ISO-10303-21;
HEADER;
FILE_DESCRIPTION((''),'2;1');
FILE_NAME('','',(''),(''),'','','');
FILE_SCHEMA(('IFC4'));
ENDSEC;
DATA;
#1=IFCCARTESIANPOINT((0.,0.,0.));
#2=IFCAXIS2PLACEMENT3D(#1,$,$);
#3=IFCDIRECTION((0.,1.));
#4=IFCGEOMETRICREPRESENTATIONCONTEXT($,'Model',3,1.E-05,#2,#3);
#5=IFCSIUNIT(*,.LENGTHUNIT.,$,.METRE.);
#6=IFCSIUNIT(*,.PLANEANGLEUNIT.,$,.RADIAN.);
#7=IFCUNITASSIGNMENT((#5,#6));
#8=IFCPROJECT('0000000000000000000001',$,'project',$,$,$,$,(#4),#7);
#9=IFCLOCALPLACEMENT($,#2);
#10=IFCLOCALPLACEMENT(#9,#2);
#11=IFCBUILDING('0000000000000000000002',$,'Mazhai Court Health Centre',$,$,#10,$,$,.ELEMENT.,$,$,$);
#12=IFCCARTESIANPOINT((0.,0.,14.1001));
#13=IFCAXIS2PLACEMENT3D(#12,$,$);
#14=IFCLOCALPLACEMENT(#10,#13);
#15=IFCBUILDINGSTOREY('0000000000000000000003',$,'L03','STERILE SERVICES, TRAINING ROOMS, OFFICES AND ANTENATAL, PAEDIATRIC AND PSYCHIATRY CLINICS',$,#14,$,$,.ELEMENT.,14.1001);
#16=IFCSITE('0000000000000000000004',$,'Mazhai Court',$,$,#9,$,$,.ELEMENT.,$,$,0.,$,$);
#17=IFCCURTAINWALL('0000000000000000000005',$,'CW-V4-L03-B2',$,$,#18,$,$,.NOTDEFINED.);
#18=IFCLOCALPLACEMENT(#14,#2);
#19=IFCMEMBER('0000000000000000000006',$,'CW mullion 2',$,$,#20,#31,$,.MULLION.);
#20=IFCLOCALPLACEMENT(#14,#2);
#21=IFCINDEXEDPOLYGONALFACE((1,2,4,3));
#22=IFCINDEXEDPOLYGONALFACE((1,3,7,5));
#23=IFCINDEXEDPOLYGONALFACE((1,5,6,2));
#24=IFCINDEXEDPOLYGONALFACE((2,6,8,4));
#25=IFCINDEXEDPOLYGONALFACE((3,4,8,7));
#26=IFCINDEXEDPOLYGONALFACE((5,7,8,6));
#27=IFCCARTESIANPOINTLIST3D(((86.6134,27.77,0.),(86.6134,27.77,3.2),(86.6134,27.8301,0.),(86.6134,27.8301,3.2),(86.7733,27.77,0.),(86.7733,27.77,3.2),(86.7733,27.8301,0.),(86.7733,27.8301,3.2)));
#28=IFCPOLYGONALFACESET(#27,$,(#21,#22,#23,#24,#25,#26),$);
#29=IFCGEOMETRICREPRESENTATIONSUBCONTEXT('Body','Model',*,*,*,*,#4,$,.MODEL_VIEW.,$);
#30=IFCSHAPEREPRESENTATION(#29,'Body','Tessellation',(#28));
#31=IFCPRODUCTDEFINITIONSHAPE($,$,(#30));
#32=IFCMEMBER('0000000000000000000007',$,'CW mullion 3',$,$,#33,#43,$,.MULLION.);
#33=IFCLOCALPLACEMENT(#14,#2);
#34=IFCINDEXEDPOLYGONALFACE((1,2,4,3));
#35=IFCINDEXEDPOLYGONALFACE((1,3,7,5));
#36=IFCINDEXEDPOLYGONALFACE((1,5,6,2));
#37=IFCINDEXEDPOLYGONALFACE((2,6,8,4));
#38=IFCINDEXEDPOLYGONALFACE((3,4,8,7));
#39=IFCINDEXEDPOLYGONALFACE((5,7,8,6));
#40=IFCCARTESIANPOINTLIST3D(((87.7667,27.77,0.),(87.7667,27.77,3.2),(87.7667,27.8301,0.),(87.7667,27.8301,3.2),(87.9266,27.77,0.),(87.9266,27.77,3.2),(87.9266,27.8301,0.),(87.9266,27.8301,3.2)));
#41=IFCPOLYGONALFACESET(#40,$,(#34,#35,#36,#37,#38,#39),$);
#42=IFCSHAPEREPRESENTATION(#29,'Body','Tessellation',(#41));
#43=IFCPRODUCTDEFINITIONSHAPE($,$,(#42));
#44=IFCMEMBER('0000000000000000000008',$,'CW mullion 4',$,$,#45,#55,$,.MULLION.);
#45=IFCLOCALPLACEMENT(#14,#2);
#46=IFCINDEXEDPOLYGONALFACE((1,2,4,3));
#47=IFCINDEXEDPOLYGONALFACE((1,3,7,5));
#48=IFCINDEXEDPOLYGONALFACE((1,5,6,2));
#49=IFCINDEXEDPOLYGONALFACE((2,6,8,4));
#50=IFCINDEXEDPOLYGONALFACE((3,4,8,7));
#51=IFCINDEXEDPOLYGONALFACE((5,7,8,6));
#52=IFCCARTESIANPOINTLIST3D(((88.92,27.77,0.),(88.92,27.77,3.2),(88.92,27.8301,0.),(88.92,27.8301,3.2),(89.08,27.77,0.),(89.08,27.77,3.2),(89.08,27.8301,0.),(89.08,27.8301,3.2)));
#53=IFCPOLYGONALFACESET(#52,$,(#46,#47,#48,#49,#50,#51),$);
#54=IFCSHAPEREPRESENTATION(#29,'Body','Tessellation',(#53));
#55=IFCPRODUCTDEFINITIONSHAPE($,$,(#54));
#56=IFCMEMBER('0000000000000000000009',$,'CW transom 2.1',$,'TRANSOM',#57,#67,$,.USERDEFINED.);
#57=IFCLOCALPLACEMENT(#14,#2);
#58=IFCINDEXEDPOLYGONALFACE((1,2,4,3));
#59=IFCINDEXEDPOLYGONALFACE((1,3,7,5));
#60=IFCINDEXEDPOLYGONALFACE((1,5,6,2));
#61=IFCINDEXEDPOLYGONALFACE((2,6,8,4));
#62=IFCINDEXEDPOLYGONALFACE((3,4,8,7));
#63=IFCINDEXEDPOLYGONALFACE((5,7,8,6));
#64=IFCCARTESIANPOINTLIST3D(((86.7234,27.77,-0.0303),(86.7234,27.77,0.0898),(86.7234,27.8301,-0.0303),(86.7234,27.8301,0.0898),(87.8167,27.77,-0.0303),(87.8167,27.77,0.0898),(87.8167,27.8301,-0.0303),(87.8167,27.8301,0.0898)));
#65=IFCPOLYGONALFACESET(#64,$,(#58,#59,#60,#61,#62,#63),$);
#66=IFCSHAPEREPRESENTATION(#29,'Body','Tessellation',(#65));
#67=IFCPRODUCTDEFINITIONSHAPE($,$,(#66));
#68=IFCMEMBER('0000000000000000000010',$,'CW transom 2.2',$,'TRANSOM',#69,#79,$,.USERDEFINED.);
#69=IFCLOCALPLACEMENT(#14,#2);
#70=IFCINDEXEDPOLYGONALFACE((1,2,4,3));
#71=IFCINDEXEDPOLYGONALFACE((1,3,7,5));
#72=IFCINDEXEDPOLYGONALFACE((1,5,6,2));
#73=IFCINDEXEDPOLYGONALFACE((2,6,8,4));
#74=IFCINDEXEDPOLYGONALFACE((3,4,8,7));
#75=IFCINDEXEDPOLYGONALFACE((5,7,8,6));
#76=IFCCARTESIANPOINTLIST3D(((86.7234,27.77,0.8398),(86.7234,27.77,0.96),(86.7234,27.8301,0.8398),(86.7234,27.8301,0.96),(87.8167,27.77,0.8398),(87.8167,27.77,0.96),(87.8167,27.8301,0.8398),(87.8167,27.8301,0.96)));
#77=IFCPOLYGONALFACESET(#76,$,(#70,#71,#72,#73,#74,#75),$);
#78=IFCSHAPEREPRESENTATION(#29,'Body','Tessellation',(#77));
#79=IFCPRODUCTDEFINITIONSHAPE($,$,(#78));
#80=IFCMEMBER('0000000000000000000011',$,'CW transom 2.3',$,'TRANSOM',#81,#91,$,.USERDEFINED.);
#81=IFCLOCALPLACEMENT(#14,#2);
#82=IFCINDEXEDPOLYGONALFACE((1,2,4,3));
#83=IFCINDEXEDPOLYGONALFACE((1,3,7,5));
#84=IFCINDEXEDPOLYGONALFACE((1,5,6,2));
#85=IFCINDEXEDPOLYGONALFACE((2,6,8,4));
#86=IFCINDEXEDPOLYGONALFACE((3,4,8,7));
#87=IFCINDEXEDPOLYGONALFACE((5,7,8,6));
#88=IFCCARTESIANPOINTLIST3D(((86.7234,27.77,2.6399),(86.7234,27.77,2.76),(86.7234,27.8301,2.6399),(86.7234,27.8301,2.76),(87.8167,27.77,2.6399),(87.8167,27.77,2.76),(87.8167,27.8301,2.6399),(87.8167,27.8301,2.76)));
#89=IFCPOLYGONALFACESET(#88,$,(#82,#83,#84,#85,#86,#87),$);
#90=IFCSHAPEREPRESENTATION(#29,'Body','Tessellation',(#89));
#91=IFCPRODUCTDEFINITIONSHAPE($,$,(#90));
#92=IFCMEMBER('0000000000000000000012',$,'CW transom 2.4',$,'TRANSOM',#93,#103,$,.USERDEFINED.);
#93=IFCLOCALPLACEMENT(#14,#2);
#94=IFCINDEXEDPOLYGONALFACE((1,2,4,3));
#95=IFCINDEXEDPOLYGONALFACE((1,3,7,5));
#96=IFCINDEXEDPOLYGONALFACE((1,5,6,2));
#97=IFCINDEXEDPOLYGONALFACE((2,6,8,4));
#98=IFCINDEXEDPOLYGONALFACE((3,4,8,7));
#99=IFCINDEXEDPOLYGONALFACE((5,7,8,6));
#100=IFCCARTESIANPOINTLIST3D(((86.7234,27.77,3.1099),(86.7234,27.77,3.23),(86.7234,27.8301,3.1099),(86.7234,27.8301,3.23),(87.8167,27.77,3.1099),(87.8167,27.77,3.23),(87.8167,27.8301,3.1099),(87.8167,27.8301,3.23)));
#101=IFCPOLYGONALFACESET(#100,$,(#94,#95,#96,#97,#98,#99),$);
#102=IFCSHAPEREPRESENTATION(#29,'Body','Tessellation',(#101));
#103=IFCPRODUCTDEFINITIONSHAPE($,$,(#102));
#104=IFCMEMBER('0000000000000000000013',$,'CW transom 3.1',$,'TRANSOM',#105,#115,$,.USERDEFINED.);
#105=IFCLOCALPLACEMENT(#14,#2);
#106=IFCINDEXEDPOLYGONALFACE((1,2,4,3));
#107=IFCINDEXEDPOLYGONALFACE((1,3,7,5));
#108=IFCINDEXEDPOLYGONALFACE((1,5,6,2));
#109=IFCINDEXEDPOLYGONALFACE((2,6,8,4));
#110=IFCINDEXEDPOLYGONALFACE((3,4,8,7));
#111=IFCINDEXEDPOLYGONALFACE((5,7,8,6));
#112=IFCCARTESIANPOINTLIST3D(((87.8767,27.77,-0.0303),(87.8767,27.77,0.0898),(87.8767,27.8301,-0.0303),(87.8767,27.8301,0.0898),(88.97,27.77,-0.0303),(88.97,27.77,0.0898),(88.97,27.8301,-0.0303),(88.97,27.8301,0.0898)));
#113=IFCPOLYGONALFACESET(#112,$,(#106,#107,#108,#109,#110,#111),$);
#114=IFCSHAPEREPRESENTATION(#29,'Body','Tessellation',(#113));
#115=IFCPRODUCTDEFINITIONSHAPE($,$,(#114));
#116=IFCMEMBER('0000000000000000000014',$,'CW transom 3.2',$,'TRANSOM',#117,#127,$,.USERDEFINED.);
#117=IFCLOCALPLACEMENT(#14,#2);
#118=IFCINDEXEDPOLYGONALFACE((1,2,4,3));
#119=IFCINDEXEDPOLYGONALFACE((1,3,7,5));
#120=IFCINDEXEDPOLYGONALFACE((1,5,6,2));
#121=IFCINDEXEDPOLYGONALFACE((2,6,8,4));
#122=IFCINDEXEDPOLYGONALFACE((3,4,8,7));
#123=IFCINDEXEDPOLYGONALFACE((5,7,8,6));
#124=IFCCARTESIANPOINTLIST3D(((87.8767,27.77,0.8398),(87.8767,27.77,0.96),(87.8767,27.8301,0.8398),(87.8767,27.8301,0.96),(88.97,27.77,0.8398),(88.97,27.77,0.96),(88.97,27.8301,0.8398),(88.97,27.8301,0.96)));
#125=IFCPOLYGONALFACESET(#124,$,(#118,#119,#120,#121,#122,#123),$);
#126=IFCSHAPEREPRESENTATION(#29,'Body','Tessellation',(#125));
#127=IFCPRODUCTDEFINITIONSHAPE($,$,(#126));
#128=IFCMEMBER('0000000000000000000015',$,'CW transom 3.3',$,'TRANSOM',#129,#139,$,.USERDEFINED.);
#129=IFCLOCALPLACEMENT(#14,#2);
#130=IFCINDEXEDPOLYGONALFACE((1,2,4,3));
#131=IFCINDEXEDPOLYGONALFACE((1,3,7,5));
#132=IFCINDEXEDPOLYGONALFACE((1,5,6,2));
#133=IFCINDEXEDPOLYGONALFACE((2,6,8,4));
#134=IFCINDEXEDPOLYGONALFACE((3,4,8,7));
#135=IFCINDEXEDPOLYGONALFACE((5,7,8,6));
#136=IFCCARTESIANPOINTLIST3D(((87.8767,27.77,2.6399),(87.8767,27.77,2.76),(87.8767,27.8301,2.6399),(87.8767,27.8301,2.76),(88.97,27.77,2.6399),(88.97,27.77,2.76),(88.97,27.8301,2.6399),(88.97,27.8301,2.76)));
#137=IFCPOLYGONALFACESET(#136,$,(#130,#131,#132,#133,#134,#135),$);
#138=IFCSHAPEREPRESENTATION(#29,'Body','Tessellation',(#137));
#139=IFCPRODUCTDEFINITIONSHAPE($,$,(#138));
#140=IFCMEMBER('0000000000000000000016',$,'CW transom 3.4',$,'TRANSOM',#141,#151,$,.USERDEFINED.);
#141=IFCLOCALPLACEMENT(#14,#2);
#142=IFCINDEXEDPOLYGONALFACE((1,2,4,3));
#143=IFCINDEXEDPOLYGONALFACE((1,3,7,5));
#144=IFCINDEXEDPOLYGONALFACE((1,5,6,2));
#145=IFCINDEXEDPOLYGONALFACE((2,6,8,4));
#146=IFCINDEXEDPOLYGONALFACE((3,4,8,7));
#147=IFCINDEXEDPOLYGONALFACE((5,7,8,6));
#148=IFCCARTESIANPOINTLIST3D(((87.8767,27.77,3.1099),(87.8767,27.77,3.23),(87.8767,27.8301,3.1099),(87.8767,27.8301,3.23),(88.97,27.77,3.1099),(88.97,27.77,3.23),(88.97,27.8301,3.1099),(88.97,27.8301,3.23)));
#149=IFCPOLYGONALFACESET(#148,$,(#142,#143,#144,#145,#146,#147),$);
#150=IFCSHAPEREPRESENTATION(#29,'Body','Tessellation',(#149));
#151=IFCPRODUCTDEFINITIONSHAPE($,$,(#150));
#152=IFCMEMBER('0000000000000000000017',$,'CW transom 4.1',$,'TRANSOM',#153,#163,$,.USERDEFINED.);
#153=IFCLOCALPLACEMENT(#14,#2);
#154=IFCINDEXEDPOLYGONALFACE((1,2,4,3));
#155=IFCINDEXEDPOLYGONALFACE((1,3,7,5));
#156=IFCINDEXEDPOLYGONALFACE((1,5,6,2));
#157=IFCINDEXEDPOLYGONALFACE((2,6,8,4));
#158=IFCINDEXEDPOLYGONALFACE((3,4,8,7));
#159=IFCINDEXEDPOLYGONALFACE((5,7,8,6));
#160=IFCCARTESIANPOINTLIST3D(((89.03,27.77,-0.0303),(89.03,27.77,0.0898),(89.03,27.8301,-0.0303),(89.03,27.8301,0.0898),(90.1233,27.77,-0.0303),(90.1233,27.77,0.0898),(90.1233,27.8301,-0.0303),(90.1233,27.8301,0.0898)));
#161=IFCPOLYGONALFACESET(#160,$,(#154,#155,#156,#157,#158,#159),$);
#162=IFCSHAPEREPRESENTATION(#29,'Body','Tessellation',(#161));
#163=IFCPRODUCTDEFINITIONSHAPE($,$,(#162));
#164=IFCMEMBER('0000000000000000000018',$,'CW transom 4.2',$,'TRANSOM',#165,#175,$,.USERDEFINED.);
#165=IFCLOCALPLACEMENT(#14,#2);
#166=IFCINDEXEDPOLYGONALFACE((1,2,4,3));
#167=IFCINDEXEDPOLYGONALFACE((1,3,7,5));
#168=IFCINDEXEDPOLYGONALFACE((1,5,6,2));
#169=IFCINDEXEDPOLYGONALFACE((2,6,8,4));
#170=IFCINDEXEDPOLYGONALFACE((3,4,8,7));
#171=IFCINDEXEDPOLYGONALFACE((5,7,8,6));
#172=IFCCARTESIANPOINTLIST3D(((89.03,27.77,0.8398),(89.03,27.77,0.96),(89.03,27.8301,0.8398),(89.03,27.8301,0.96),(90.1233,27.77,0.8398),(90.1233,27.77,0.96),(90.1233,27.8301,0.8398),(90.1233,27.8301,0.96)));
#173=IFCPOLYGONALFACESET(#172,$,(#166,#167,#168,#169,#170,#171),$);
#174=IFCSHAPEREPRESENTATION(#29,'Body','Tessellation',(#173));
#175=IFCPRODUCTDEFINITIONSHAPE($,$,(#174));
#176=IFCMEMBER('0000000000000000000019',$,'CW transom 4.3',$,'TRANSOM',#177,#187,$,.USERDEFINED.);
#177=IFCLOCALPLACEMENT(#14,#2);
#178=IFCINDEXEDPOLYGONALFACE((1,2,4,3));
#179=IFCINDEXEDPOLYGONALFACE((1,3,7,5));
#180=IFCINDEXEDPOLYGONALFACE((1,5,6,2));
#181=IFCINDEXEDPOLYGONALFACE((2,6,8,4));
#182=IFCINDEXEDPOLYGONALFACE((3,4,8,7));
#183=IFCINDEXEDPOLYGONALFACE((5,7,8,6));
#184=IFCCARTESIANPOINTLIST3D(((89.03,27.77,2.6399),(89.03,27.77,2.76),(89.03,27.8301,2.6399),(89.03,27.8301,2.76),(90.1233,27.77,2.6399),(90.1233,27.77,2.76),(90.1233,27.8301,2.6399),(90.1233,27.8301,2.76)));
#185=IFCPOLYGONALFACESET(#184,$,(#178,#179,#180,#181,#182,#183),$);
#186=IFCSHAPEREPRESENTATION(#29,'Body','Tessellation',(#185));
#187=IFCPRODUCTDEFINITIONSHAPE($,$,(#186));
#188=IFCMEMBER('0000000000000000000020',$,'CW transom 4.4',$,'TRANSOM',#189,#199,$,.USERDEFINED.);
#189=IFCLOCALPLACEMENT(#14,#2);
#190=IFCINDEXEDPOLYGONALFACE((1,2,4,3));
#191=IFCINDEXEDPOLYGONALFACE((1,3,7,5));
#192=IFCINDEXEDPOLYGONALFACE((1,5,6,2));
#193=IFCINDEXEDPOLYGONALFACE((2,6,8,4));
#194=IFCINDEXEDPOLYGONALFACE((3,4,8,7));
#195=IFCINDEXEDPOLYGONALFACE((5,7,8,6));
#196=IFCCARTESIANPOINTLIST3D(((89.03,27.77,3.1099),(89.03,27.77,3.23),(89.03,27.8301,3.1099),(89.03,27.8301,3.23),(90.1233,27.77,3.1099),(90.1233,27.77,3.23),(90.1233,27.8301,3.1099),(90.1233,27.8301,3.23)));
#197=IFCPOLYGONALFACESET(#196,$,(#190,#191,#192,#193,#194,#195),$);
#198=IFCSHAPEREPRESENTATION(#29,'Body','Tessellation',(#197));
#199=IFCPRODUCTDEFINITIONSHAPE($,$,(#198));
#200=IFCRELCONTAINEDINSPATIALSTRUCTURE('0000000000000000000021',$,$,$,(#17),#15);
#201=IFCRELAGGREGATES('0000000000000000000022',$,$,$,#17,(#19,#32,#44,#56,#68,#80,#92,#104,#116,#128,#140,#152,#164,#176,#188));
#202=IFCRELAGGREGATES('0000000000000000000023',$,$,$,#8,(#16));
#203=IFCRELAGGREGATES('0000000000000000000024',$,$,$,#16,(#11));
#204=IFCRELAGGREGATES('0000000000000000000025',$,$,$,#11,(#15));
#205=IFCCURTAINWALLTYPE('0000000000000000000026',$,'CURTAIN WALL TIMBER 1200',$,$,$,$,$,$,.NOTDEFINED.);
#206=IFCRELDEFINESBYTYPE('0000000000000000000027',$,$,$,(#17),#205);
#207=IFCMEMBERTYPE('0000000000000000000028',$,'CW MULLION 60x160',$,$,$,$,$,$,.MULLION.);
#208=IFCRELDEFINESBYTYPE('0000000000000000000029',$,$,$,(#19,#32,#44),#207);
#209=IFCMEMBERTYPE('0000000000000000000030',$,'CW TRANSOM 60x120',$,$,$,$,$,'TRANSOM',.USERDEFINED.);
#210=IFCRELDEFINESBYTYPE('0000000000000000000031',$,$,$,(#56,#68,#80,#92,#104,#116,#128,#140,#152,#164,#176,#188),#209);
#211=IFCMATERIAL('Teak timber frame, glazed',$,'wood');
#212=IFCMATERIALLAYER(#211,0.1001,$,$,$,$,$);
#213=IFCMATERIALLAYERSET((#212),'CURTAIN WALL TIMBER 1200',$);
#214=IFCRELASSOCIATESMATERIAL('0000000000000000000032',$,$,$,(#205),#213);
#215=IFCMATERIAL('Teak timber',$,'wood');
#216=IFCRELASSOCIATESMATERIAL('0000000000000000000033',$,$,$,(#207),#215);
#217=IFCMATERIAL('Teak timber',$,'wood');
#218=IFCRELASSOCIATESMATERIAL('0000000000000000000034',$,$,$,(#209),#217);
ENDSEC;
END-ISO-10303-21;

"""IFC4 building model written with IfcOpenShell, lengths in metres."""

from ifc_helpers import new_model, si_unit, direction, frame, origin, origin_2d, place, context, subcontext, project, spatial, rectangle, extrude, material, layer, layer_set, material_profile, profile_set, type_object, element, aggregate, save


model = new_model("IFC4")

# Units and contexts
model_context = context("Model", 3, precision=1e-05, world=origin(), true_north=direction((0.0, 1.0)))
body_context = subcontext(model_context, "Body", "Model", "MODEL_VIEW")
ifc_project = project(units=[si_unit("LENGTHUNIT", "METRE"), si_unit("PLANEANGLEUNIT", "RADIAN")], contexts=[model_context])

# Site, building, storey
site_placement = place(None, origin())
site = spatial("IfcSite", under=ifc_project, at=site_placement, Name="Mazhai Court", CompositionType="ELEMENT", RefElevation=0.0)
building_placement = place(site_placement, origin())
building = spatial("IfcBuilding", under=site, at=building_placement, Name="Mazhai Court Health Centre", CompositionType="ELEMENT")
storey_placement = place(building_placement, frame((0.0, 0.0, 14.1001)))
storey = spatial("IfcBuildingStorey", under=building, at=storey_placement, Name="L03", Description="STERILE SERVICES, TRAINING ROOMS, OFFICES AND ANTENATAL, PAEDIATRIC AND PSYCHIATRY CLINICS", CompositionType="ELEMENT", Elevation=14.1001)

# Curtain wall, members
ifc_material_1 = material(Name="Teak timber frame, glazed", Category="wood")
ifc_layer_1 = layer(ifc_material_1, 0.1001)
ifc_layer_set_1 = layer_set([ifc_layer_1], Name="CURTAIN WALL TIMBER 1200")
curtain_wall_type = type_object("IfcCurtainWallType", Name="CURTAIN WALL TIMBER 1200", PredefinedType="NOTDEFINED", material=ifc_layer_set_1)
curtain_wall_placement = place(storey_placement, origin())
curtain_wall = element("IfcCurtainWall", 1, at=curtain_wall_placement, inside=storey, type_object=curtain_wall_type, Name="CW-V4-L03-B2", PredefinedType="NOTDEFINED")
ifc_material_2 = material(Name="Teak timber", Category="wood")
ifc_material_profile_1 = material_profile(ifc_material_2, rectangle(XDim=0.0601, YDim=0.1599, at=origin_2d()), Name="CW MULLION 60x160")
ifc_profile_set_1 = profile_set([ifc_material_profile_1], Name="Teak timber")
member_type_1 = type_object("IfcMemberType", Name="CW MULLION 60x160", PredefinedType="MULLION", material=ifc_profile_set_1)
member_1_placement = place(storey_placement, frame((86.6934, 27.8, 0.0), z_axis=(0.0, 0.0, 1.0), x_axis=(0.0, 1.0, 0.0)))
member_1 = element("IfcMember", 2, at=member_1_placement, type_object=member_type_1, Name="CW mullion 2", PredefinedType="MULLION", context=body_context, shape_type="SweptSolid", body=[
    extrude(rectangle(XDim=0.0601, YDim=0.1599, at=origin_2d()), origin(), (0.0, 0.0, 1.0), 3.2),
])
member_2_placement = place(storey_placement, frame((87.8467, 27.8, 0.0), z_axis=(0.0, 0.0, 1.0), x_axis=(0.0, 1.0, 0.0)))
member_2 = element("IfcMember", 3, at=member_2_placement, type_object=member_type_1, Name="CW mullion 3", PredefinedType="MULLION", context=body_context, shape_type="SweptSolid", body=[
    extrude(rectangle(XDim=0.0601, YDim=0.1599, at=origin_2d()), origin(), (0.0, 0.0, 1.0), 3.2),
])
member_3_placement = place(storey_placement, frame((89.0, 27.8, 0.0), z_axis=(0.0, 0.0, 1.0), x_axis=(0.0, 1.0, 0.0)))
member_3 = element("IfcMember", 4, at=member_3_placement, type_object=member_type_1, Name="CW mullion 4", PredefinedType="MULLION", context=body_context, shape_type="SweptSolid", body=[
    extrude(rectangle(XDim=0.0601, YDim=0.1599, at=origin_2d()), origin(), (0.0, 0.0, 1.0), 3.2),
])
ifc_material_3 = material(Name="Teak timber", Category="wood")
ifc_material_profile_2 = material_profile(ifc_material_3, rectangle(XDim=0.0601, YDim=0.1201, at=origin_2d()), Name="CW TRANSOM 60x120")
ifc_profile_set_2 = profile_set([ifc_material_profile_2], Name="Teak timber")
member_type_2 = type_object("IfcMemberType", Name="CW TRANSOM 60x120", ElementType="TRANSOM", PredefinedType="USERDEFINED", material=ifc_profile_set_2)
member_4_placement = place(storey_placement, frame((86.7234, 27.8, 0.0298), z_axis=(1.0, 0.0, 0.0), x_axis=(0.0, 1.0, 0.0)))
member_4 = element("IfcMember", 5, at=member_4_placement, type_object=member_type_2, Name="CW transom 2.1", ObjectType="TRANSOM", PredefinedType="USERDEFINED", context=body_context, shape_type="SweptSolid", body=[
    extrude(rectangle(XDim=0.0601, YDim=0.1201, at=origin_2d()), origin(), (0.0, 0.0, 1.0), 1.0933),
])
member_5_placement = place(storey_placement, frame((86.7234, 27.8, 0.8999), z_axis=(1.0, 0.0, 0.0), x_axis=(0.0, 1.0, 0.0)))
member_5 = element("IfcMember", 6, at=member_5_placement, type_object=member_type_2, Name="CW transom 2.2", ObjectType="TRANSOM", PredefinedType="USERDEFINED", context=body_context, shape_type="SweptSolid", body=[
    extrude(rectangle(XDim=0.0601, YDim=0.1201, at=origin_2d()), origin(), (0.0, 0.0, 1.0), 1.0933),
])
member_6_placement = place(storey_placement, frame((86.7234, 27.8, 2.7), z_axis=(1.0, 0.0, 0.0), x_axis=(0.0, 1.0, 0.0)))
member_6 = element("IfcMember", 7, at=member_6_placement, type_object=member_type_2, Name="CW transom 2.3", ObjectType="TRANSOM", PredefinedType="USERDEFINED", context=body_context, shape_type="SweptSolid", body=[
    extrude(rectangle(XDim=0.0601, YDim=0.1201, at=origin_2d()), origin(), (0.0, 0.0, 1.0), 1.0933),
])
member_7_placement = place(storey_placement, frame((86.7234, 27.8, 3.1699), z_axis=(1.0, 0.0, 0.0), x_axis=(0.0, 1.0, 0.0)))
member_7 = element("IfcMember", 8, at=member_7_placement, type_object=member_type_2, Name="CW transom 2.4", ObjectType="TRANSOM", PredefinedType="USERDEFINED", context=body_context, shape_type="SweptSolid", body=[
    extrude(rectangle(XDim=0.0601, YDim=0.1201, at=origin_2d()), origin(), (0.0, 0.0, 1.0), 1.0933),
])
member_8_placement = place(storey_placement, frame((87.8767, 27.8, 0.0298), z_axis=(1.0, 0.0, 0.0), x_axis=(0.0, 1.0, 0.0)))
member_8 = element("IfcMember", 9, at=member_8_placement, type_object=member_type_2, Name="CW transom 3.1", ObjectType="TRANSOM", PredefinedType="USERDEFINED", context=body_context, shape_type="SweptSolid", body=[
    extrude(rectangle(XDim=0.0601, YDim=0.1201, at=origin_2d()), origin(), (0.0, 0.0, 1.0), 1.0933),
])
member_9_placement = place(storey_placement, frame((87.8767, 27.8, 0.8999), z_axis=(1.0, 0.0, 0.0), x_axis=(0.0, 1.0, 0.0)))
member_9 = element("IfcMember", 10, at=member_9_placement, type_object=member_type_2, Name="CW transom 3.2", ObjectType="TRANSOM", PredefinedType="USERDEFINED", context=body_context, shape_type="SweptSolid", body=[
    extrude(rectangle(XDim=0.0601, YDim=0.1201, at=origin_2d()), origin(), (0.0, 0.0, 1.0), 1.0933),
])
member_10_placement = place(storey_placement, frame((87.8767, 27.8, 2.7), z_axis=(1.0, 0.0, 0.0), x_axis=(0.0, 1.0, 0.0)))
member_10 = element("IfcMember", 11, at=member_10_placement, type_object=member_type_2, Name="CW transom 3.3", ObjectType="TRANSOM", PredefinedType="USERDEFINED", context=body_context, shape_type="SweptSolid", body=[
    extrude(rectangle(XDim=0.0601, YDim=0.1201, at=origin_2d()), origin(), (0.0, 0.0, 1.0), 1.0933),
])
member_11_placement = place(storey_placement, frame((87.8767, 27.8, 3.1699), z_axis=(1.0, 0.0, 0.0), x_axis=(0.0, 1.0, 0.0)))
member_11 = element("IfcMember", 12, at=member_11_placement, type_object=member_type_2, Name="CW transom 3.4", ObjectType="TRANSOM", PredefinedType="USERDEFINED", context=body_context, shape_type="SweptSolid", body=[
    extrude(rectangle(XDim=0.0601, YDim=0.1201, at=origin_2d()), origin(), (0.0, 0.0, 1.0), 1.0933),
])
member_12_placement = place(storey_placement, frame((89.03, 27.8, 0.0298), z_axis=(1.0, 0.0, 0.0), x_axis=(0.0, 1.0, 0.0)))
member_12 = element("IfcMember", 13, at=member_12_placement, type_object=member_type_2, Name="CW transom 4.1", ObjectType="TRANSOM", PredefinedType="USERDEFINED", context=body_context, shape_type="SweptSolid", body=[
    extrude(rectangle(XDim=0.0601, YDim=0.1201, at=origin_2d()), origin(), (0.0, 0.0, 1.0), 1.0933),
])
member_13_placement = place(storey_placement, frame((89.03, 27.8, 0.8999), z_axis=(1.0, 0.0, 0.0), x_axis=(0.0, 1.0, 0.0)))
member_13 = element("IfcMember", 14, at=member_13_placement, type_object=member_type_2, Name="CW transom 4.2", ObjectType="TRANSOM", PredefinedType="USERDEFINED", context=body_context, shape_type="SweptSolid", body=[
    extrude(rectangle(XDim=0.0601, YDim=0.1201, at=origin_2d()), origin(), (0.0, 0.0, 1.0), 1.0933),
])
member_14_placement = place(storey_placement, frame((89.03, 27.8, 2.7), z_axis=(1.0, 0.0, 0.0), x_axis=(0.0, 1.0, 0.0)))
member_14 = element("IfcMember", 15, at=member_14_placement, type_object=member_type_2, Name="CW transom 4.3", ObjectType="TRANSOM", PredefinedType="USERDEFINED", context=body_context, shape_type="SweptSolid", body=[
    extrude(rectangle(XDim=0.0601, YDim=0.1201, at=origin_2d()), origin(), (0.0, 0.0, 1.0), 1.0933),
])
member_15_placement = place(storey_placement, frame((89.03, 27.8, 3.1699), z_axis=(1.0, 0.0, 0.0), x_axis=(0.0, 1.0, 0.0)))
member_15 = element("IfcMember", 16, at=member_15_placement, type_object=member_type_2, Name="CW transom 4.4", ObjectType="TRANSOM", PredefinedType="USERDEFINED", context=body_context, shape_type="SweptSolid", body=[
    extrude(rectangle(XDim=0.0601, YDim=0.1201, at=origin_2d()), origin(), (0.0, 0.0, 1.0), 1.0933),
])

aggregate(curtain_wall, [member_1, member_2, member_3, member_4, member_5, member_6, member_7, member_8, member_9, member_10, member_11, member_12, member_13, member_14, member_15])

save(model, "model.ifc")
